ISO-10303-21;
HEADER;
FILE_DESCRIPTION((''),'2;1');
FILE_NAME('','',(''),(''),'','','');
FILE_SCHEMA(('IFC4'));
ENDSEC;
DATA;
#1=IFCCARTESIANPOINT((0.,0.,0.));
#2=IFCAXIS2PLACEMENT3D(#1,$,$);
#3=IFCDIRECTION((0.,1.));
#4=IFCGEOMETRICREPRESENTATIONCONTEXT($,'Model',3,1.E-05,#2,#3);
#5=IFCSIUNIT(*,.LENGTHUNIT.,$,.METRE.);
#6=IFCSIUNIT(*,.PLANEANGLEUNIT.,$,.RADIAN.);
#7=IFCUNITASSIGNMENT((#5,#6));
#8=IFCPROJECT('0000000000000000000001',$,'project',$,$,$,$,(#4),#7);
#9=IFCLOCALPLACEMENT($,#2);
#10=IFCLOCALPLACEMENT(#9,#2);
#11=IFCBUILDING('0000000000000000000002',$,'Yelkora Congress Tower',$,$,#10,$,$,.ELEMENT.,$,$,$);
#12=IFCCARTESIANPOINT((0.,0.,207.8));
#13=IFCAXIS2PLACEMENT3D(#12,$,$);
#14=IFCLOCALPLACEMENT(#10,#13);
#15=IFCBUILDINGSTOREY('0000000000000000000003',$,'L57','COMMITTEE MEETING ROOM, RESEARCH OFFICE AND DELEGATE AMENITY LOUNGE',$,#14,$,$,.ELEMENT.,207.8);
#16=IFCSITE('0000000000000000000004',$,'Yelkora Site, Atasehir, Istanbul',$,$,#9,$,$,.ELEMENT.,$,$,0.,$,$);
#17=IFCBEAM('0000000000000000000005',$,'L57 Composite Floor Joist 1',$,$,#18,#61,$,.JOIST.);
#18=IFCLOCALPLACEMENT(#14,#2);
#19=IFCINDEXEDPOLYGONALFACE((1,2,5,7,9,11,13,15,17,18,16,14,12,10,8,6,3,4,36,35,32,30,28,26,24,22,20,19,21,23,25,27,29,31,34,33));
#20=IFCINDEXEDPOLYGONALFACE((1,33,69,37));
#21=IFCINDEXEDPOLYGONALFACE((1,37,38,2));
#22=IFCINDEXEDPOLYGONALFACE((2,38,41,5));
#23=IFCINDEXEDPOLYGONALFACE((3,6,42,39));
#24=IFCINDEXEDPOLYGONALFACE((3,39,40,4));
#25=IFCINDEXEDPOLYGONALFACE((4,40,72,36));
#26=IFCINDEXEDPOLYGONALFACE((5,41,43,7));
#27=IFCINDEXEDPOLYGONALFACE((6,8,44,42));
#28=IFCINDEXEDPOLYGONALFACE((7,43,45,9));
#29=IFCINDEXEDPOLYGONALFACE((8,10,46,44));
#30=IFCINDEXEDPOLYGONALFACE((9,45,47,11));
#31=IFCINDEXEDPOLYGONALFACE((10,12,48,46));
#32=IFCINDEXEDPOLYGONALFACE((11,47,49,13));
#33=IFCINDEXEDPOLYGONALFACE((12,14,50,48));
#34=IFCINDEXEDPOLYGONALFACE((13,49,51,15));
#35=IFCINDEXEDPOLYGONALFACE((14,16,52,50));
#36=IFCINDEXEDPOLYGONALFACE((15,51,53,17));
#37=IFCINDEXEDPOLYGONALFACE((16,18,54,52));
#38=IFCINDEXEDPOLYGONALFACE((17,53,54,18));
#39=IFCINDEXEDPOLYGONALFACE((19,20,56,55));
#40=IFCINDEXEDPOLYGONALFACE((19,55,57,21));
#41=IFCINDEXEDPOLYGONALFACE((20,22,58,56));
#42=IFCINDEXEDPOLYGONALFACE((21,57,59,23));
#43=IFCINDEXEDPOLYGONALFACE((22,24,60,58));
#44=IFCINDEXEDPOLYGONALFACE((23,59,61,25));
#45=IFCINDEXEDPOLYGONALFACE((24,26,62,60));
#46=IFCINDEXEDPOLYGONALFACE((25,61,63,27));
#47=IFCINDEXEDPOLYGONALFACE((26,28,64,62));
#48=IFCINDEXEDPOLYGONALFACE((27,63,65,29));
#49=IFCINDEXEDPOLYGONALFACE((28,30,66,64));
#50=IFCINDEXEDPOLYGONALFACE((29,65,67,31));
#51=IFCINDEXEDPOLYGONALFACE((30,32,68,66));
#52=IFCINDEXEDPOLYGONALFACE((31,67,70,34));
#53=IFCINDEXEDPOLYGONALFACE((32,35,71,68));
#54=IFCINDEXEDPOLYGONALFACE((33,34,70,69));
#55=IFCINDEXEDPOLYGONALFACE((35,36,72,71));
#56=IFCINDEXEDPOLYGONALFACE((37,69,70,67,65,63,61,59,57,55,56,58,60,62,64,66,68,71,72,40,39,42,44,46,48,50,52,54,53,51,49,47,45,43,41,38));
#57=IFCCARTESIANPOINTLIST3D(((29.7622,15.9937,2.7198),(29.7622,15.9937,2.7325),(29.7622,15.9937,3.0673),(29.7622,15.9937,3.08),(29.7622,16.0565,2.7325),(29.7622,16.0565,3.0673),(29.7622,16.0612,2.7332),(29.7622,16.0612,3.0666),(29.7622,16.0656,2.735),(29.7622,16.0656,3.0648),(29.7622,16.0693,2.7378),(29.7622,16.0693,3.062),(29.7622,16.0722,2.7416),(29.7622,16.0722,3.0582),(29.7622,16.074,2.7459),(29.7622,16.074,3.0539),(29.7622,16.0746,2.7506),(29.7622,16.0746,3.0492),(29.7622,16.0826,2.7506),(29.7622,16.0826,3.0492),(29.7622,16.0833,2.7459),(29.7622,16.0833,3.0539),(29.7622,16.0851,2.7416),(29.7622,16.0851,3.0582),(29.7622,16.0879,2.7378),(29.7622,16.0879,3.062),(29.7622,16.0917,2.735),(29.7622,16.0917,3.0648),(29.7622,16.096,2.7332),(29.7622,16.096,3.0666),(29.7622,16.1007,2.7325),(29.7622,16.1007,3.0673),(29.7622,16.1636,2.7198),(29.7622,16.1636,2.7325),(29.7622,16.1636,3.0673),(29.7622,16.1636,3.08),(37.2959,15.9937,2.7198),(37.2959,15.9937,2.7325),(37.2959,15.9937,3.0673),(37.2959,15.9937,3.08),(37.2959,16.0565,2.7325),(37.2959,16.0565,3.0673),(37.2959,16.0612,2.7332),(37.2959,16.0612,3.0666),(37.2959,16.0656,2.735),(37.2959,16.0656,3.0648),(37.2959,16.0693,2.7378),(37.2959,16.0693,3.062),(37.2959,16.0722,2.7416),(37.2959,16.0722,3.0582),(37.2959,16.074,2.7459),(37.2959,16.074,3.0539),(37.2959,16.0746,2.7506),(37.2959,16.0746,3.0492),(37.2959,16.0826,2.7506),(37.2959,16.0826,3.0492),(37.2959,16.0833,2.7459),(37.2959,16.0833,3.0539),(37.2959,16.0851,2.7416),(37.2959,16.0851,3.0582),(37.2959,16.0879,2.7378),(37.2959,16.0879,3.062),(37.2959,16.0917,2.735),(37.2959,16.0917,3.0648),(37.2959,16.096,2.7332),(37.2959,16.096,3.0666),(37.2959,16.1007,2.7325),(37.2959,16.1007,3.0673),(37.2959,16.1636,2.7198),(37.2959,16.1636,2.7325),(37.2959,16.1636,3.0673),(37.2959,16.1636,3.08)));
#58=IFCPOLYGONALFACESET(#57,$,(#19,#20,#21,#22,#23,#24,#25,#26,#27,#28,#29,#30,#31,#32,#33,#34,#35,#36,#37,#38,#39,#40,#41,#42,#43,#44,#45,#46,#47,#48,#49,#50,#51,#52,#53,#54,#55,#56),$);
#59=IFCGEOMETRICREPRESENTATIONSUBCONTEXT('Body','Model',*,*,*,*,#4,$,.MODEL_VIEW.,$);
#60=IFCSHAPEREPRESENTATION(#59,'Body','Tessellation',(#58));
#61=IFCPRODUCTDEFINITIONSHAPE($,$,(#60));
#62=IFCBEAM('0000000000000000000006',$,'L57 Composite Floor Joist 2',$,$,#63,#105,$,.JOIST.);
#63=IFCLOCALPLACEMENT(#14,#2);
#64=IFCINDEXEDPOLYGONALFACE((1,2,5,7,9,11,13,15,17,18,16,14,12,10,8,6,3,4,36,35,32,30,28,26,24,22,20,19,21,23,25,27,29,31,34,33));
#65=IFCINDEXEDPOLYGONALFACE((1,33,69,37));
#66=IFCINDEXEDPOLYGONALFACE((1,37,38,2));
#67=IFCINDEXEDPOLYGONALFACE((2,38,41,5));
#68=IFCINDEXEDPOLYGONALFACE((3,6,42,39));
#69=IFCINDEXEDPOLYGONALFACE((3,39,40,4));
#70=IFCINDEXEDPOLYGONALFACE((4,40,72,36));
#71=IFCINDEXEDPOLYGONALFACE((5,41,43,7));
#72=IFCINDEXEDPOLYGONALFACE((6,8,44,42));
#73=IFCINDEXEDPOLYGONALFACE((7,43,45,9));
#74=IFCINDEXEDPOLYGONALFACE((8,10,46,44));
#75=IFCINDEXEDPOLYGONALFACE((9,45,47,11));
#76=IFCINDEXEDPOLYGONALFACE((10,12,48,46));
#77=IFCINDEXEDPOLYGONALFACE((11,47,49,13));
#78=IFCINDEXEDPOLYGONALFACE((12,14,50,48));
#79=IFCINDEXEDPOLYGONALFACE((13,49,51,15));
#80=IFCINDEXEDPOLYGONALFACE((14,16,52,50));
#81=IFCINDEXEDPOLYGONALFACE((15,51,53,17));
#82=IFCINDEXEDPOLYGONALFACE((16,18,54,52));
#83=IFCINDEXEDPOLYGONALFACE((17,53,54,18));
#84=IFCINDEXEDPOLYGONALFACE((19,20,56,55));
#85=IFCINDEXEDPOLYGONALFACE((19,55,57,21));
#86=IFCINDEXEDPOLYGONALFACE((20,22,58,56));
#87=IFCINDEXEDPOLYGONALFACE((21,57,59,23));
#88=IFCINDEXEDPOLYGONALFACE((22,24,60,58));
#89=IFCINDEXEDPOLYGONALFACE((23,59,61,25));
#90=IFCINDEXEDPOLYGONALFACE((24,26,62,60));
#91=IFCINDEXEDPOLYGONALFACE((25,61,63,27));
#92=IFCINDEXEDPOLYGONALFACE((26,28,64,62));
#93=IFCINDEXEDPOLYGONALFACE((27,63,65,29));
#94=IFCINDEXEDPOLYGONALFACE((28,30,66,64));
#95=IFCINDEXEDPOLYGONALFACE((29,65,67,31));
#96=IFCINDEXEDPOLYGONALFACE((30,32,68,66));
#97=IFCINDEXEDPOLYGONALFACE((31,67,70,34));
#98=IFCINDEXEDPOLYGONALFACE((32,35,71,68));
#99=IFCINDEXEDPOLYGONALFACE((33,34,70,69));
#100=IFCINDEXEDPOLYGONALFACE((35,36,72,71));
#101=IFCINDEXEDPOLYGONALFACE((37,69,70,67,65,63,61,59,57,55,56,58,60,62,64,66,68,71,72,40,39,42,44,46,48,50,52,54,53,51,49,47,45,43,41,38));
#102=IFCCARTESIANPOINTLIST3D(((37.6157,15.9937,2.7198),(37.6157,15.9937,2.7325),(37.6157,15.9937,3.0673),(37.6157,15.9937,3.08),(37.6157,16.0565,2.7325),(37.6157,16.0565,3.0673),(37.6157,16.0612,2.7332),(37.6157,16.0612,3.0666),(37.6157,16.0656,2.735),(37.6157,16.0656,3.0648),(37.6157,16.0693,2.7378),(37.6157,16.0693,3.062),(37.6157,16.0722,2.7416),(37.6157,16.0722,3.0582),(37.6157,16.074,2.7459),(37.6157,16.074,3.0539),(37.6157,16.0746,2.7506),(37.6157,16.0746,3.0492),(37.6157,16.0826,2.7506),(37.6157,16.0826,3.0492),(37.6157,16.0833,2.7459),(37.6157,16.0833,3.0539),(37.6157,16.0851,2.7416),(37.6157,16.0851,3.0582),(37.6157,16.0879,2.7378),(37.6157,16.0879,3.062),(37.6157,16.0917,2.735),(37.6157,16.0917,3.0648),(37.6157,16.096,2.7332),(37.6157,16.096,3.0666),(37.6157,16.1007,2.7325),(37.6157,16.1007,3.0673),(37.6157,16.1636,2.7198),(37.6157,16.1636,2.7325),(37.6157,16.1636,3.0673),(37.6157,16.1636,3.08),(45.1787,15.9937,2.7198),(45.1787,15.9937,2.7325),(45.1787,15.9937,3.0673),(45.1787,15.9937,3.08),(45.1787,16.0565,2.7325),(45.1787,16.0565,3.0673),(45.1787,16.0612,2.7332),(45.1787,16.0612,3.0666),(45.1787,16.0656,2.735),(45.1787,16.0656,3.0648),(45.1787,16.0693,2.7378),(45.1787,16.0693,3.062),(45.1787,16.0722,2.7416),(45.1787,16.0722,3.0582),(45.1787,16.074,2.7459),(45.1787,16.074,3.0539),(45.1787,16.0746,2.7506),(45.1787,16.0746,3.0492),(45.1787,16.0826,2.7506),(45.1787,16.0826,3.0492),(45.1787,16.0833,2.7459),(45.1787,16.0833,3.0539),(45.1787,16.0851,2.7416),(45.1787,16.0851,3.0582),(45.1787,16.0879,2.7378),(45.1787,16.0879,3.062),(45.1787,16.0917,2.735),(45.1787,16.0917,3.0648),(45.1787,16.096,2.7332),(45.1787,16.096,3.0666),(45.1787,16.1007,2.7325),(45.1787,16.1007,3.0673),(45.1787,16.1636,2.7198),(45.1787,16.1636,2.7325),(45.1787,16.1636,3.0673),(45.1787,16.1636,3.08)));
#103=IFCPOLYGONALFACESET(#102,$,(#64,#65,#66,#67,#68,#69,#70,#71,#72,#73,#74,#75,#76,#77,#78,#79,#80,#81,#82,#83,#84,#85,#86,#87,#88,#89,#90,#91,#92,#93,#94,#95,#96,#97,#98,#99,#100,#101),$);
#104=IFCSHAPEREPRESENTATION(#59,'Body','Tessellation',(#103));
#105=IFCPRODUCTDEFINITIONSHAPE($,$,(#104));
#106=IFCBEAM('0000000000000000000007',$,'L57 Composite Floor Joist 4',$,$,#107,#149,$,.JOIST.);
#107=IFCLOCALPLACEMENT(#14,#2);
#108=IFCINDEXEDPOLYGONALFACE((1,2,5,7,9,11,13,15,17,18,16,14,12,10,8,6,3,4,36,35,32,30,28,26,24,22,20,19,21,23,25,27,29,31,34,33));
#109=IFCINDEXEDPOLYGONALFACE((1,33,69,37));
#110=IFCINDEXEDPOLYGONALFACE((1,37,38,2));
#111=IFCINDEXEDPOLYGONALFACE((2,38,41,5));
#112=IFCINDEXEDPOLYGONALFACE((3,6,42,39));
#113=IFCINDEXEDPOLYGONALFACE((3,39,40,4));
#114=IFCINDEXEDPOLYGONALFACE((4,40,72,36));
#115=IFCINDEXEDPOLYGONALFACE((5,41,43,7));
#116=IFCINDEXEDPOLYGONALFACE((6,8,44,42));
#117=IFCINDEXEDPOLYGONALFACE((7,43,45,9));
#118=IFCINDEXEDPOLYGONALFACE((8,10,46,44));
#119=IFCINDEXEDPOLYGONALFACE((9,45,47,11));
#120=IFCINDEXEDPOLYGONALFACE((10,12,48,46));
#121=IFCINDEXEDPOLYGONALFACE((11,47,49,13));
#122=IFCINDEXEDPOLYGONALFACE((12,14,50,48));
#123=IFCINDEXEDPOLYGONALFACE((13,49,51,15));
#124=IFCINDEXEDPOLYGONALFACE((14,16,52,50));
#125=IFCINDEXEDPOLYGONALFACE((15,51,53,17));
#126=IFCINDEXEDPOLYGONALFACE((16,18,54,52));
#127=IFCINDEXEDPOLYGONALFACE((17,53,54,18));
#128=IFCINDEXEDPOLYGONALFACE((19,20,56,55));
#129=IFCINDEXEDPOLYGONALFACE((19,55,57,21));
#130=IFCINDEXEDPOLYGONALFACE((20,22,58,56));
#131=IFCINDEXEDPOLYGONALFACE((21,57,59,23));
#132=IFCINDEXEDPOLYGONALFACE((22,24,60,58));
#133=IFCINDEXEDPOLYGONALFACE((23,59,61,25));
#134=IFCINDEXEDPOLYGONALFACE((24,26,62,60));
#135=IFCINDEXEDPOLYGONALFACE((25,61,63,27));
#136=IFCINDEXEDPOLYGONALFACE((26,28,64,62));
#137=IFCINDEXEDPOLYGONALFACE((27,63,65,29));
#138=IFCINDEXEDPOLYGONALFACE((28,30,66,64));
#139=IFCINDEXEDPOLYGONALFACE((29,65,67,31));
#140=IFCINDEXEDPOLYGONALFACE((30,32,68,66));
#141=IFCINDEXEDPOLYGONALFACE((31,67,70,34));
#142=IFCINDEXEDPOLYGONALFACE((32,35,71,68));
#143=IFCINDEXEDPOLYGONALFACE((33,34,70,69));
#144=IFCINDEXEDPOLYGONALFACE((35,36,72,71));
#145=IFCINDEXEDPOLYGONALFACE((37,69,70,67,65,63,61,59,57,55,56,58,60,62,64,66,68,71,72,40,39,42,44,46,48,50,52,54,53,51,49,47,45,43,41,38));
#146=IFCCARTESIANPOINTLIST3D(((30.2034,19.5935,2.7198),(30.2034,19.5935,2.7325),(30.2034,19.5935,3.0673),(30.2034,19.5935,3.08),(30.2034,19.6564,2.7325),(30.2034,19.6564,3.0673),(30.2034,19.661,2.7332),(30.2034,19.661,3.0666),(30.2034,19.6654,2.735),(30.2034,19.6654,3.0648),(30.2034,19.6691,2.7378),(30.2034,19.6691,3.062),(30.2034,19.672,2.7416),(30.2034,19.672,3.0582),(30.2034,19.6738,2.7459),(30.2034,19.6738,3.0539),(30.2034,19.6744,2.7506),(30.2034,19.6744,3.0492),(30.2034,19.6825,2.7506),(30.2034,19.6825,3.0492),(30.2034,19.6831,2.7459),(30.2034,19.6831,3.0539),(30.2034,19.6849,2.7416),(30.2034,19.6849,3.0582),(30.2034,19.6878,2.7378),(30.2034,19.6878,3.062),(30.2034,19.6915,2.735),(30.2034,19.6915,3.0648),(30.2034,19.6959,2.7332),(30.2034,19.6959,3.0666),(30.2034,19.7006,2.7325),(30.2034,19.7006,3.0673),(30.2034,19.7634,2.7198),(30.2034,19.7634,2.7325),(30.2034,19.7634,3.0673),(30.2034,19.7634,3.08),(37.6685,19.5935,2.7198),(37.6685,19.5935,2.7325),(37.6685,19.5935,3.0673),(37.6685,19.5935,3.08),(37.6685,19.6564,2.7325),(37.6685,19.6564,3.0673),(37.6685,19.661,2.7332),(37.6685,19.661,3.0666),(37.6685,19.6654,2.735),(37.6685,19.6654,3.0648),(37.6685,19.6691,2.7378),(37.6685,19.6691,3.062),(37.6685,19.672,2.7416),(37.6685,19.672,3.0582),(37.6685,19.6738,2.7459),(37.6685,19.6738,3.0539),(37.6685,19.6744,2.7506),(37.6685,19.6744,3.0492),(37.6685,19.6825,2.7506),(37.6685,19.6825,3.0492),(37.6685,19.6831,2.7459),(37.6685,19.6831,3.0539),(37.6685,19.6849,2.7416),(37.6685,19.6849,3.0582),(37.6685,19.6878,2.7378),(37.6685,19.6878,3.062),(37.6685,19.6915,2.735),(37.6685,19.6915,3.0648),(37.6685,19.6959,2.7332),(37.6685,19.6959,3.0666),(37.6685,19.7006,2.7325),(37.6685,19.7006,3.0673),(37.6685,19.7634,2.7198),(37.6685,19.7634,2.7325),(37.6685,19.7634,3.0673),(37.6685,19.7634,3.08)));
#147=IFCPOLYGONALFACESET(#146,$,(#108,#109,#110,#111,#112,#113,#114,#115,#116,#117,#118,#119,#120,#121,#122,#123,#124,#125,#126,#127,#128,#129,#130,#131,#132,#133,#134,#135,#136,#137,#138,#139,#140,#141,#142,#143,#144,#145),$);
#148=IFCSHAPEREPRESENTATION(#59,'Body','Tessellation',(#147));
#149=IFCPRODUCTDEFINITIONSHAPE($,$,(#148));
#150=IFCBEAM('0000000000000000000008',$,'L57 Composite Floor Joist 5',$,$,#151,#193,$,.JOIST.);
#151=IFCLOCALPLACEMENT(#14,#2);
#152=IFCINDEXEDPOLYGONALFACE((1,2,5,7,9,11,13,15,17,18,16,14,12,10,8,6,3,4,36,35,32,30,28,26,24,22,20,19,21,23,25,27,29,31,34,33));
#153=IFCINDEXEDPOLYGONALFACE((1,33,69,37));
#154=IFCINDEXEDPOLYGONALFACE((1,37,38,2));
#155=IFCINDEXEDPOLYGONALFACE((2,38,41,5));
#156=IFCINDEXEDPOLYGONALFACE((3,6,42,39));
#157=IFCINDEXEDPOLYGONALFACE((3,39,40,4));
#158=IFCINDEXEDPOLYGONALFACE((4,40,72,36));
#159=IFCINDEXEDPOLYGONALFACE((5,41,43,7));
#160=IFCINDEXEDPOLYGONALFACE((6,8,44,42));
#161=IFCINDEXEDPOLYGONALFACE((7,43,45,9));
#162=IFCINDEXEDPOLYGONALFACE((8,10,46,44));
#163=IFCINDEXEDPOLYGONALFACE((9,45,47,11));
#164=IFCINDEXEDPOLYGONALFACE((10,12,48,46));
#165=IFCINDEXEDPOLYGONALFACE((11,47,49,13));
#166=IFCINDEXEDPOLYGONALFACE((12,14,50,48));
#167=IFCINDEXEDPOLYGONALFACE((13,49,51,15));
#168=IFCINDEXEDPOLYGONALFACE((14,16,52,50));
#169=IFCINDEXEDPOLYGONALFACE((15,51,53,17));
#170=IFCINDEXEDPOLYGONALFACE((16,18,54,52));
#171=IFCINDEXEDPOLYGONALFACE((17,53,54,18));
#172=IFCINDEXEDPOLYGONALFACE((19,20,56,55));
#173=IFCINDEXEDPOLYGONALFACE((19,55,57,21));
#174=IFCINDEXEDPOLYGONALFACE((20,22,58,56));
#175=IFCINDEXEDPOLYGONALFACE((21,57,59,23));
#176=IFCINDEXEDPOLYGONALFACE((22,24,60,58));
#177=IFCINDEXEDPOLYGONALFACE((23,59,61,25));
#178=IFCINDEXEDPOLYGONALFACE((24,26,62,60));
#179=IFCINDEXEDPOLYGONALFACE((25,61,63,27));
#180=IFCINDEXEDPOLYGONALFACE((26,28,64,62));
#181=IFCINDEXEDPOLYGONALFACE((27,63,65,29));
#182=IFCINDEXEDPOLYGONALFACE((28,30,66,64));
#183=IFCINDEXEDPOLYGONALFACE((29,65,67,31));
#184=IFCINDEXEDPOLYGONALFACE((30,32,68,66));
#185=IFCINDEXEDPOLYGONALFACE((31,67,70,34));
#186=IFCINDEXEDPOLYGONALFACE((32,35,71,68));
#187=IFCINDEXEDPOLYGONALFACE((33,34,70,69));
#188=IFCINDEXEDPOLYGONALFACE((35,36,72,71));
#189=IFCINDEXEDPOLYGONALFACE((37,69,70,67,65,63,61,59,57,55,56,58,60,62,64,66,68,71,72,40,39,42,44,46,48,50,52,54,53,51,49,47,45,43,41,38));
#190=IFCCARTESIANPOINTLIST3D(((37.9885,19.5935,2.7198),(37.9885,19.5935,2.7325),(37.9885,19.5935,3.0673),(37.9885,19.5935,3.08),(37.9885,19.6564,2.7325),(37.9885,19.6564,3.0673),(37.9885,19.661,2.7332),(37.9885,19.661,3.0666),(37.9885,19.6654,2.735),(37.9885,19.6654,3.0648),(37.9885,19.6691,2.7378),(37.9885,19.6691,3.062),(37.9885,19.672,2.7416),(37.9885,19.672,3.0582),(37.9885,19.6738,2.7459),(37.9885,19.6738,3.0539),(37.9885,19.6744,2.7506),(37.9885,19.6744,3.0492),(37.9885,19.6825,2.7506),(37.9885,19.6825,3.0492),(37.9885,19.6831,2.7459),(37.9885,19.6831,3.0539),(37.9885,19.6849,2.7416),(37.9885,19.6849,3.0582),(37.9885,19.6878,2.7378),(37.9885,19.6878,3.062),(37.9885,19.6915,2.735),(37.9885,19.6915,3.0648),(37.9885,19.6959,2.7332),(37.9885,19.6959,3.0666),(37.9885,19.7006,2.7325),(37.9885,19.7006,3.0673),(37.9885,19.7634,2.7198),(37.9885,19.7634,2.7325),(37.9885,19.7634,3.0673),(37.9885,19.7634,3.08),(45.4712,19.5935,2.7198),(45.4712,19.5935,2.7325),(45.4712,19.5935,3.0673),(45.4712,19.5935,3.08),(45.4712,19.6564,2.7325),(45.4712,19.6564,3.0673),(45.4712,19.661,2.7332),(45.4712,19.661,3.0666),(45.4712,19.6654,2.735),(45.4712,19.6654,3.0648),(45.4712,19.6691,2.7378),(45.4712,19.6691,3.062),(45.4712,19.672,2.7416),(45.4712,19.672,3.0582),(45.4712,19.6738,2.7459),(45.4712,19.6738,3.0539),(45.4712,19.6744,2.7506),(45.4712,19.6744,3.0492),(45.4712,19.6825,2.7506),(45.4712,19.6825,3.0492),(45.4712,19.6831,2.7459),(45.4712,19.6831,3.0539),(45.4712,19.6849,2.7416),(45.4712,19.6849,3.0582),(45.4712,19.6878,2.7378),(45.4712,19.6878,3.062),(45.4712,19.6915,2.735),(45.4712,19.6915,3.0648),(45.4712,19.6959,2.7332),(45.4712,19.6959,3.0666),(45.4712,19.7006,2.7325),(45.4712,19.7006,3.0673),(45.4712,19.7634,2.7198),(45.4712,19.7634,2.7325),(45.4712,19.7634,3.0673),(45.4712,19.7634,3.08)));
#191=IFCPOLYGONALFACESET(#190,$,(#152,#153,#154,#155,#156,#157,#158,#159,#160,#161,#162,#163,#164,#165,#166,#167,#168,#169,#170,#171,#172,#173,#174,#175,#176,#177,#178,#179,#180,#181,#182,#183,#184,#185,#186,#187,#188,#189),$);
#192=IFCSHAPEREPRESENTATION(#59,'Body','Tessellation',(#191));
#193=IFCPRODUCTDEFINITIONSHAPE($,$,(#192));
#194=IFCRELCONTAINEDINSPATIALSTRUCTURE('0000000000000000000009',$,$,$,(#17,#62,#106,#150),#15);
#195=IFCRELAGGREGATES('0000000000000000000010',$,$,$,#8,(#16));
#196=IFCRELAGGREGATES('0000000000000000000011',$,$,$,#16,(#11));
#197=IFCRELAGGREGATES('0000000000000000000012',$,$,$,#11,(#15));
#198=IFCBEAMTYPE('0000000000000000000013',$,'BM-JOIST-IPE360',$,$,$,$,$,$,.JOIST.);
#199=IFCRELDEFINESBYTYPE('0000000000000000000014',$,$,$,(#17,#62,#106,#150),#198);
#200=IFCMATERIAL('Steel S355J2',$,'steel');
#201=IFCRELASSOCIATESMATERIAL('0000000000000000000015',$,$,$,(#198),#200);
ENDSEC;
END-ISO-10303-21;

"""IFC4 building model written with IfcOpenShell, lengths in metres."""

from ifc_helpers import new_model, si_unit, direction, frame, origin, origin_2d, place, context, subcontext, project, spatial, i_section, extrude, material, material_profile, profile_set, type_object, element, save


model = new_model("IFC4")

# Units and contexts
model_context = context("Model", 3, precision=1e-05, world=origin(), true_north=direction((0.0, 1.0)))
body_context = subcontext(model_context, "Body", "Model", "MODEL_VIEW")
ifc_project = project(units=[si_unit("LENGTHUNIT", "METRE"), si_unit("PLANEANGLEUNIT", "RADIAN")], contexts=[model_context])

# Site, building, storey
site_placement = place(None, origin())
site = spatial("IfcSite", under=ifc_project, at=site_placement, Name="Yelkora Site, Atasehir, Istanbul", CompositionType="ELEMENT", RefElevation=0.0)
building_placement = place(site_placement, origin())
building = spatial("IfcBuilding", under=site, at=building_placement, Name="Yelkora Congress Tower", CompositionType="ELEMENT")
storey_placement = place(building_placement, frame((0.0, 0.0, 207.8)))
storey = spatial("IfcBuildingStorey", under=building, at=storey_placement, Name="L57", Description="COMMITTEE MEETING ROOM, RESEARCH OFFICE AND DELEGATE AMENITY LOUNGE", CompositionType="ELEMENT", Elevation=207.8)

# Shared definitions
ifc_material_1 = material(Name="Steel S355J2", Category="steel")

# Beams
ifc_material_profile_1 = material_profile(ifc_material_1, i_section(OverallWidth=0.1699, OverallDepth=0.3601, WebThickness=0.0081, FlangeThickness=0.0127, FilletRadius=0.0181, at=origin_2d()), Name="IPE 360")
ifc_profile_set_1 = profile_set([ifc_material_profile_1], Name="Steel S355J2")
beam_type_1 = type_object("IfcBeamType", Name="BM-JOIST-IPE360", PredefinedType="JOIST", material=ifc_profile_set_1)
beam_1_placement = place(storey_placement, frame((29.7622, 16.0786, 2.8999), z_axis=(1.0, 0.0, 0.0), x_axis=(0.0, 1.0, 0.0)))
element("IfcBeam", 1, at=beam_1_placement, inside=storey, type_object=beam_type_1, Name="L57 Composite Floor Joist 1", PredefinedType="JOIST", context=body_context, shape_type="SweptSolid", body=[
    extrude(i_section(OverallWidth=0.1699, OverallDepth=0.3601, WebThickness=0.0081, FlangeThickness=0.0127, FilletRadius=0.0181, at=origin_2d()), origin(), (0.0, 0.0, 1.0), 7.5337),
])
beam_2_placement = place(storey_placement, frame((37.6157, 16.0786, 2.8999), z_axis=(1.0, 0.0, 0.0), x_axis=(0.0, 1.0, 0.0)))
element("IfcBeam", 2, at=beam_2_placement, inside=storey, type_object=beam_type_1, Name="L57 Composite Floor Joist 2", PredefinedType="JOIST", context=body_context, shape_type="SweptSolid", body=[
    extrude(i_section(OverallWidth=0.1699, OverallDepth=0.3601, WebThickness=0.0081, FlangeThickness=0.0127, FilletRadius=0.0181, at=origin_2d()), origin(), (0.0, 0.0, 1.0), 7.563),
])
beam_3_placement = place(storey_placement, frame((30.2034, 19.6785, 2.8999), z_axis=(1.0, 0.0, 0.0), x_axis=(0.0, 1.0, 0.0)))
element("IfcBeam", 3, at=beam_3_placement, inside=storey, type_object=beam_type_1, Name="L57 Composite Floor Joist 4", PredefinedType="JOIST", context=body_context, shape_type="SweptSolid", body=[
    extrude(i_section(OverallWidth=0.1699, OverallDepth=0.3601, WebThickness=0.0081, FlangeThickness=0.0127, FilletRadius=0.0181, at=origin_2d()), origin(), (0.0, 0.0, 1.0), 7.4651),
])
beam_4_placement = place(storey_placement, frame((37.9885, 19.6785, 2.8999), z_axis=(1.0, 0.0, 0.0), x_axis=(0.0, 1.0, 0.0)))
element("IfcBeam", 4, at=beam_4_placement, inside=storey, type_object=beam_type_1, Name="L57 Composite Floor Joist 5", PredefinedType="JOIST", context=body_context, shape_type="SweptSolid", body=[
    extrude(i_section(OverallWidth=0.1699, OverallDepth=0.3601, WebThickness=0.0081, FlangeThickness=0.0127, FilletRadius=0.0181, at=origin_2d()), origin(), (0.0, 0.0, 1.0), 7.4827),
])

save(model, "model.ifc")
